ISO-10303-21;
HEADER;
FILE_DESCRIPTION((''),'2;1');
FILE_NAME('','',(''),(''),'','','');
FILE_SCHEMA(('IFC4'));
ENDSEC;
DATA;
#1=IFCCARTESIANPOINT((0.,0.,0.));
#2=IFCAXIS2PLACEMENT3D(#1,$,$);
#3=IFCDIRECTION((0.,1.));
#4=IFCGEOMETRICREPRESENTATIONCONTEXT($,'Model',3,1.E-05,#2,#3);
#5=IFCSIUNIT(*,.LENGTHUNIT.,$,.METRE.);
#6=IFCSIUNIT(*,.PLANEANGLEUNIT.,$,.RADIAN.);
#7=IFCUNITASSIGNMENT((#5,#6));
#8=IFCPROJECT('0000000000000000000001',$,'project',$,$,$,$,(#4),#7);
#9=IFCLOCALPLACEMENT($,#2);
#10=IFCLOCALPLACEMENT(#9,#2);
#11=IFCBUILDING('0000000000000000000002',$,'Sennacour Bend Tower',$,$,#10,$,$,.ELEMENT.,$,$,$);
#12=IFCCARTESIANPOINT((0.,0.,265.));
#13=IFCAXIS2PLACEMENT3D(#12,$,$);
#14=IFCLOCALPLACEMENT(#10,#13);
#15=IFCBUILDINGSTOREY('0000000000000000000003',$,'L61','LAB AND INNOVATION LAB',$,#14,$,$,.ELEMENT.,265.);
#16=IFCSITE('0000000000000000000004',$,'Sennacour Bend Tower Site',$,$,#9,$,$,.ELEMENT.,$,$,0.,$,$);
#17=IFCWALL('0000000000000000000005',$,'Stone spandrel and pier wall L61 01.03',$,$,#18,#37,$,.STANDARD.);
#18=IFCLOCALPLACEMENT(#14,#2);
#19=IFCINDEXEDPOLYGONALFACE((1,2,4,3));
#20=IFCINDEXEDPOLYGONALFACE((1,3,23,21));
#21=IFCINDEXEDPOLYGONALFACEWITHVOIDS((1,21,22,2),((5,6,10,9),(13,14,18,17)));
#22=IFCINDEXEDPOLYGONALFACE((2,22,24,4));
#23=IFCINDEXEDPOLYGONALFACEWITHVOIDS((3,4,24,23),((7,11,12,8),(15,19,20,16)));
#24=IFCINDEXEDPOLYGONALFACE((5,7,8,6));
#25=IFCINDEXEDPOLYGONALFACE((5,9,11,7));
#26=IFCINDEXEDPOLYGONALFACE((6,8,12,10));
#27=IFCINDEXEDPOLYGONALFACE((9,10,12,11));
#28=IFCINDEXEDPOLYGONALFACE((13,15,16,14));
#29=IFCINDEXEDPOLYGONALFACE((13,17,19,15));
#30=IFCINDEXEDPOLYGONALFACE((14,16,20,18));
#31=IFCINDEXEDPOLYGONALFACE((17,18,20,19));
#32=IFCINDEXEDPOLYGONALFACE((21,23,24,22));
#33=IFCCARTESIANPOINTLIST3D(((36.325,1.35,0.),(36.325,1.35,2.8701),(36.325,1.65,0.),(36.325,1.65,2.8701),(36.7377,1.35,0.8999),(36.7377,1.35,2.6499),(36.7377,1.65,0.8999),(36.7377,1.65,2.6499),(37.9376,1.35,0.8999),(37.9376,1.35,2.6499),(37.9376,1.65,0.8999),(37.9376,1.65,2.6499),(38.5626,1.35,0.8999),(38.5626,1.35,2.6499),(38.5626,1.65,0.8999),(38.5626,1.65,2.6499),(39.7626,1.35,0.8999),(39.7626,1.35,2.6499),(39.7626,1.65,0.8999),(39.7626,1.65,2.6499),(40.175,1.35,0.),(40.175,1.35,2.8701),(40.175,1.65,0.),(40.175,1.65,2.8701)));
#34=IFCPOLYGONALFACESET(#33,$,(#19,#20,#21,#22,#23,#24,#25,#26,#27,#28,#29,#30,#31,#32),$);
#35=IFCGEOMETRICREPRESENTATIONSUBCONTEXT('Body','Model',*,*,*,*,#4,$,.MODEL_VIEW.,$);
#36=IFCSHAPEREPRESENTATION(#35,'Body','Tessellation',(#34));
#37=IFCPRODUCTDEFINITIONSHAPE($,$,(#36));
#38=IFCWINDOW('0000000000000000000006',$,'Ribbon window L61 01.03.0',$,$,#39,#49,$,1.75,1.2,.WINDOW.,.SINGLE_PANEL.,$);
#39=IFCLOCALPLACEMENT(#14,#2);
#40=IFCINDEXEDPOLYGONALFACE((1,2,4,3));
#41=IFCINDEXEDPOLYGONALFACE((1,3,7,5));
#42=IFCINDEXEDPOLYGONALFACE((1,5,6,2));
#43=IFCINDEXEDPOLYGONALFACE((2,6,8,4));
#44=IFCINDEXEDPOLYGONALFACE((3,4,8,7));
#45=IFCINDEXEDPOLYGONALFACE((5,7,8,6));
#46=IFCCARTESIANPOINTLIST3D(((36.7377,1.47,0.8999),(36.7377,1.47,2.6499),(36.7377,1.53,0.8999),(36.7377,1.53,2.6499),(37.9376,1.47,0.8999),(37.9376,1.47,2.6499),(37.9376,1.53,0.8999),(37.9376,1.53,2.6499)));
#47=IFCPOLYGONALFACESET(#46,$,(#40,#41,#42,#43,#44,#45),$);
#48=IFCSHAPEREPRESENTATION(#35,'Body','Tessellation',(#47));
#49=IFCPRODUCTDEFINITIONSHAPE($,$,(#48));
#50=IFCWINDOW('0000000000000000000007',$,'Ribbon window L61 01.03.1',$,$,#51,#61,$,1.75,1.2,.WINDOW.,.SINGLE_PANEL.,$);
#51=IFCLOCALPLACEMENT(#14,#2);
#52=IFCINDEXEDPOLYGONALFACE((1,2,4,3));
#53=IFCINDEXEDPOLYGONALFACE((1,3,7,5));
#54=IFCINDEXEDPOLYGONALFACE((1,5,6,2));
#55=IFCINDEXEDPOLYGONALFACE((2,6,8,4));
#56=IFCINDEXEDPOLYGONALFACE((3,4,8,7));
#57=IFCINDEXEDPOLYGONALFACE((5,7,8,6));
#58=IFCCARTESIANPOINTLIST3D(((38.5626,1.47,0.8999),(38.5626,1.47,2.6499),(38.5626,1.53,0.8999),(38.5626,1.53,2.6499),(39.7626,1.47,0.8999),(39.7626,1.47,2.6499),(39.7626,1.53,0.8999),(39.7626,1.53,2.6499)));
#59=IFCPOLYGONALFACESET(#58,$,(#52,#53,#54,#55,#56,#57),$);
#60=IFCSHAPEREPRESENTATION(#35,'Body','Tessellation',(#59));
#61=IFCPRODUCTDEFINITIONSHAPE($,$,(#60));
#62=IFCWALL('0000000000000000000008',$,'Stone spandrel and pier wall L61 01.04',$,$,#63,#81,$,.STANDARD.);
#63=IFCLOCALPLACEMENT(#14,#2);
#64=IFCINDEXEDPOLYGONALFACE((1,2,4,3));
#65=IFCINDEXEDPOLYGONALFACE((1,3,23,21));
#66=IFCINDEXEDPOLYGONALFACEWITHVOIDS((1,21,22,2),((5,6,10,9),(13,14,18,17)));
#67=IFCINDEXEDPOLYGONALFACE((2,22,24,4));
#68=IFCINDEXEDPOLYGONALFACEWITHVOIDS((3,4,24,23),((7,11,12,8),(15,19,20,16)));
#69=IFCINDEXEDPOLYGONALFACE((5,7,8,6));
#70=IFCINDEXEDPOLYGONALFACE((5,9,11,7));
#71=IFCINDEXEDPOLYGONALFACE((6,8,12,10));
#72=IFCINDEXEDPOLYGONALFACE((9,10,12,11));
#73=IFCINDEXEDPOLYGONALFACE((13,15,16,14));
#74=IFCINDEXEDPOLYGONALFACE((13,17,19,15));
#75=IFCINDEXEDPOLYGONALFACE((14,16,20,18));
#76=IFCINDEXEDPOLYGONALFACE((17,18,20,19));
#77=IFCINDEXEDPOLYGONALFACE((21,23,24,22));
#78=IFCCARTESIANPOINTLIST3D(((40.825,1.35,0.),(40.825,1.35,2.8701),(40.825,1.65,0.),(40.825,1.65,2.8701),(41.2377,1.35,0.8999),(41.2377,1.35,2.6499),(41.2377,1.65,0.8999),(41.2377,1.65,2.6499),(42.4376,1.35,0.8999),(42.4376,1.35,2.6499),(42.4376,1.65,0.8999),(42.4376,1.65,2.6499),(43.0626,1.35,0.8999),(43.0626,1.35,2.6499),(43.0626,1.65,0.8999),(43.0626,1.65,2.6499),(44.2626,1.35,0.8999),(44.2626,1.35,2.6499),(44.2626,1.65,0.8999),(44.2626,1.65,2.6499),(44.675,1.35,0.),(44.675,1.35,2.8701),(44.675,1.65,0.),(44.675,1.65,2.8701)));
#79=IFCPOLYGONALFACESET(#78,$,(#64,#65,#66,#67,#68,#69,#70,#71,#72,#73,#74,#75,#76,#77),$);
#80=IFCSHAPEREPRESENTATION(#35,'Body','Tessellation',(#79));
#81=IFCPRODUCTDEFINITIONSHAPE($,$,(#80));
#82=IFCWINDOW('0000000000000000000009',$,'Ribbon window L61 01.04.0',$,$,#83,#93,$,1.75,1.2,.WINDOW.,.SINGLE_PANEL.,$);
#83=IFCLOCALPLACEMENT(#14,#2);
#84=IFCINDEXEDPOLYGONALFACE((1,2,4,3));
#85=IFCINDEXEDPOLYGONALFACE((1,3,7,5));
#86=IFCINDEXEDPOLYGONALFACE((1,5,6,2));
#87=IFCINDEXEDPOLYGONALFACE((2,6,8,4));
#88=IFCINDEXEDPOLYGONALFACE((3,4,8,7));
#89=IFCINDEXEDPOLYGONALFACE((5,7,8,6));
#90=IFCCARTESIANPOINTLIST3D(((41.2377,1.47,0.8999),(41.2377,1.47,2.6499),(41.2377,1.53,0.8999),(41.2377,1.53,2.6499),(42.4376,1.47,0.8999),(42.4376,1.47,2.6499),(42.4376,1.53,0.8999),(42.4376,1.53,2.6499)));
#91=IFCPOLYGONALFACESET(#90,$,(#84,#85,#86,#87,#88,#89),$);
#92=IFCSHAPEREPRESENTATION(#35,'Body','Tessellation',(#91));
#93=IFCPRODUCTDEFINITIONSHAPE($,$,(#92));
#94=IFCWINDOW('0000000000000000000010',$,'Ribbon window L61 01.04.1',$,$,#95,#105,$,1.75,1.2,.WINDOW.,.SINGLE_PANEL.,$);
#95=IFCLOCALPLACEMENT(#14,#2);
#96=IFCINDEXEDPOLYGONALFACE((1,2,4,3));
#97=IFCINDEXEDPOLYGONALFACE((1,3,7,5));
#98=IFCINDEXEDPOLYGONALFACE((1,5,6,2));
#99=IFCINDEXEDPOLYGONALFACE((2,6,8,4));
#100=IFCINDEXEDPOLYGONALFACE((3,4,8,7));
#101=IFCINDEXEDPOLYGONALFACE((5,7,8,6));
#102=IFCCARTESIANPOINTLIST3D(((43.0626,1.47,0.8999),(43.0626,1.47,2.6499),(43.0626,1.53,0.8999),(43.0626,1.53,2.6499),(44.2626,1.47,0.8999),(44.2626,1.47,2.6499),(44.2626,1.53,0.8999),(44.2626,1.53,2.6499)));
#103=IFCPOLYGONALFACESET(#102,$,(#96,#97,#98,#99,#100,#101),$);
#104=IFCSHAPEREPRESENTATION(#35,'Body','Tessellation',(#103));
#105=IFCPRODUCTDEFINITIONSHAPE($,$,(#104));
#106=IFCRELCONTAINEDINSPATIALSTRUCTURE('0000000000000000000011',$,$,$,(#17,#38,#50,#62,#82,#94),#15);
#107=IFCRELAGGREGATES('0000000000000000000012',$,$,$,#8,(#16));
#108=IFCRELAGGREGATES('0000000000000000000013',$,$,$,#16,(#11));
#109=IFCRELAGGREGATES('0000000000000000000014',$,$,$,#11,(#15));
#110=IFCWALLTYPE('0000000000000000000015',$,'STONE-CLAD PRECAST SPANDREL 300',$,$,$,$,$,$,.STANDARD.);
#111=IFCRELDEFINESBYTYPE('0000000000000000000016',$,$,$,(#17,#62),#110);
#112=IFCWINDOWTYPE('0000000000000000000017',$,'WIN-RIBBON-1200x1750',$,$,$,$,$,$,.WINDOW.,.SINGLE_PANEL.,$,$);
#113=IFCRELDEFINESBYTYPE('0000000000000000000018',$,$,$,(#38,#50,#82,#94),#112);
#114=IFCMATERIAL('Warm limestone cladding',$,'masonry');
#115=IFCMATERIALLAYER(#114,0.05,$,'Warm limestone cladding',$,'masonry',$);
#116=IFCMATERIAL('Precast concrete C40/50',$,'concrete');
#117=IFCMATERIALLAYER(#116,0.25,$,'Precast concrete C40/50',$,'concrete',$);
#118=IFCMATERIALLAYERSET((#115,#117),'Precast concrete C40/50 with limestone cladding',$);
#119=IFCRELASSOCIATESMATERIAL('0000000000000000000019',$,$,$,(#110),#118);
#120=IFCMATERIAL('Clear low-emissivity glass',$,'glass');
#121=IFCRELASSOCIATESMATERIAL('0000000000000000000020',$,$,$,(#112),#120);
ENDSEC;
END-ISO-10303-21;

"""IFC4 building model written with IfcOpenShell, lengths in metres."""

from ifc_helpers import new_model, si_unit, direction, frame, frame_2d, origin, place, context, subcontext, project, spatial, rectangle, extrude, material, layer, layer_set, type_object, element, fill, save


model = new_model("IFC4")

# Units and contexts
model_context = context("Model", 3, precision=1e-05, world=origin(), true_north=direction((0.0, 1.0)))
body_context = subcontext(model_context, "Body", "Model", "MODEL_VIEW")
ifc_project = project(units=[si_unit("LENGTHUNIT", "METRE"), si_unit("PLANEANGLEUNIT", "RADIAN")], contexts=[model_context])

# Site, building, storey
site_placement = place(None, origin())
site = spatial("IfcSite", under=ifc_project, at=site_placement, Name="Sennacour Bend Tower Site", CompositionType="ELEMENT", RefElevation=0.0)
building_placement = place(site_placement, origin())
building = spatial("IfcBuilding", under=site, at=building_placement, Name="Sennacour Bend Tower", CompositionType="ELEMENT")
storey_placement = place(building_placement, frame((0.0, 0.0, 265.0)))
storey = spatial("IfcBuildingStorey", under=building, at=storey_placement, Name="L61", Description="LAB AND INNOVATION LAB", CompositionType="ELEMENT", Elevation=265.0)

# Walls, openings, windows
ifc_material_1 = material(Name="Warm limestone cladding", Category="masonry")
ifc_layer_1 = layer(ifc_material_1, 0.05, Name="Warm limestone cladding", Category="masonry")
ifc_material_2 = material(Name="Precast concrete C40/50", Category="concrete")
ifc_layer_2 = layer(ifc_material_2, 0.25, Name="Precast concrete C40/50", Category="concrete")
ifc_layer_set_1 = layer_set([ifc_layer_1, ifc_layer_2], Name="Precast concrete C40/50 with limestone cladding")
wall_type_1 = type_object("IfcWallType", Name="STONE-CLAD PRECAST SPANDREL 300", PredefinedType="STANDARD", material=ifc_layer_set_1)
ifc_material_3 = material(Name="Clear low-emissivity glass", Category="glass")
window_type = type_object("IfcWindowType", Name="WIN-RIBBON-1200x1750", PartitioningType="SINGLE_PANEL", PredefinedType="WINDOW", material=ifc_material_3)
wall_1_placement = place(storey_placement, frame((36.325, 1.5, 0.0), z_axis=(0.0, 0.0, 1.0), x_axis=(1.0, 0.0, 0.0)))
wall_1 = element("IfcWall", 1, at=wall_1_placement, inside=storey, type_object=wall_type_1, Name="Stone spandrel and pier wall L61 01.03", PredefinedType="STANDARD", context=body_context, shape_type="SweptSolid", body=[
    extrude(rectangle(XDim=3.8501, YDim=0.3, at=frame_2d((1.925, 0.0))), origin(), (0.0, 0.0, 1.0), 2.8701),
])
opening_1_placement = place(wall_1_placement, frame((0.4126, 0.0, 0.8999)))
opening_1 = element("IfcOpeningElement", 2, at=opening_1_placement, cuts=wall_1, PredefinedType="OPENING", context=body_context, shape_type="SweptSolid", body=[
    extrude(rectangle(XDim=1.2, YDim=1.75, at=frame_2d((0.6001, 0.875))), frame((0.0, 0.1602, 0.0), z_axis=(0.0, -1.0, 0.0), x_axis=(1.0, 0.0, 0.0)), (0.0, 0.0, 1.0), 0.3201),
])
opening_2_placement = place(wall_1_placement, frame((2.2375, 0.0, 0.8999)))
opening_2 = element("IfcOpeningElement", 3, at=opening_2_placement, cuts=wall_1, PredefinedType="OPENING", context=body_context, shape_type="SweptSolid", body=[
    extrude(rectangle(XDim=1.2, YDim=1.75, at=frame_2d((0.6001, 0.875))), frame((0.0, 0.1602, 0.0), z_axis=(0.0, -1.0, 0.0), x_axis=(1.0, 0.0, 0.0)), (0.0, 0.0, 1.0), 0.3201),
])
window_1_placement = place(opening_1_placement, origin())
window_1 = element("IfcWindow", 4, at=window_1_placement, inside=storey, type_object=window_type, Name="Ribbon window L61 01.03.0", OverallHeight=1.75, OverallWidth=1.2, PartitioningType="SINGLE_PANEL", PredefinedType="WINDOW", context=body_context, shape_type="SweptSolid", body=[
    extrude(rectangle(XDim=1.2, YDim=1.75, at=frame_2d((0.6001, 0.875))), frame((0.0, 0.03, 0.0), z_axis=(0.0, -1.0, 0.0), x_axis=(1.0, 0.0, 0.0)), (0.0, 0.0, 1.0), 0.0601),
])
fill(opening_1, window_1)
window_2_placement = place(opening_2_placement, origin())
window_2 = element("IfcWindow", 5, at=window_2_placement, inside=storey, type_object=window_type, Name="Ribbon window L61 01.03.1", OverallHeight=1.75, OverallWidth=1.2, PartitioningType="SINGLE_PANEL", PredefinedType="WINDOW", context=body_context, shape_type="SweptSolid", body=[
    extrude(rectangle(XDim=1.2, YDim=1.75, at=frame_2d((0.6001, 0.875))), frame((0.0, 0.03, 0.0), z_axis=(0.0, -1.0, 0.0), x_axis=(1.0, 0.0, 0.0)), (0.0, 0.0, 1.0), 0.0601),
])
fill(opening_2, window_2)
wall_2_placement = place(storey_placement, frame((40.825, 1.5, 0.0), z_axis=(0.0, 0.0, 1.0), x_axis=(1.0, 0.0, 0.0)))
wall_2 = element("IfcWall", 6, at=wall_2_placement, inside=storey, type_object=wall_type_1, Name="Stone spandrel and pier wall L61 01.04", PredefinedType="STANDARD", context=body_context, shape_type="SweptSolid", body=[
    extrude(rectangle(XDim=3.8501, YDim=0.3, at=frame_2d((1.925, 0.0))), origin(), (0.0, 0.0, 1.0), 2.8701),
])
opening_3_placement = place(wall_2_placement, frame((0.4126, 0.0, 0.8999)))
opening_3 = element("IfcOpeningElement", 7, at=opening_3_placement, cuts=wall_2, PredefinedType="OPENING", context=body_context, shape_type="SweptSolid", body=[
    extrude(rectangle(XDim=1.2, YDim=1.75, at=frame_2d((0.6001, 0.875))), frame((0.0, 0.1602, 0.0), z_axis=(0.0, -1.0, 0.0), x_axis=(1.0, 0.0, 0.0)), (0.0, 0.0, 1.0), 0.3201),
])
opening_4_placement = place(wall_2_placement, frame((2.2375, 0.0, 0.8999)))
opening_4 = element("IfcOpeningElement", 8, at=opening_4_placement, cuts=wall_2, PredefinedType="OPENING", context=body_context, shape_type="SweptSolid", body=[
    extrude(rectangle(XDim=1.2, YDim=1.75, at=frame_2d((0.6001, 0.875))), frame((0.0, 0.1602, 0.0), z_axis=(0.0, -1.0, 0.0), x_axis=(1.0, 0.0, 0.0)), (0.0, 0.0, 1.0), 0.3201),
])
window_3_placement = place(opening_3_placement, origin())
window_3 = element("IfcWindow", 9, at=window_3_placement, inside=storey, type_object=window_type, Name="Ribbon window L61 01.04.0", OverallHeight=1.75, OverallWidth=1.2, PartitioningType="SINGLE_PANEL", PredefinedType="WINDOW", context=body_context, shape_type="SweptSolid", body=[
    extrude(rectangle(XDim=1.2, YDim=1.75, at=frame_2d((0.6001, 0.875))), frame((0.0, 0.03, 0.0), z_axis=(0.0, -1.0, 0.0), x_axis=(1.0, 0.0, 0.0)), (0.0, 0.0, 1.0), 0.0601),
])
fill(opening_3, window_3)
window_4_placement = place(opening_4_placement, origin())
window_4 = element("IfcWindow", 10, at=window_4_placement, inside=storey, type_object=window_type, Name="Ribbon window L61 01.04.1", OverallHeight=1.75, OverallWidth=1.2, PartitioningType="SINGLE_PANEL", PredefinedType="WINDOW", context=body_context, shape_type="SweptSolid", body=[
    extrude(rectangle(XDim=1.2, YDim=1.75, at=frame_2d((0.6001, 0.875))), frame((0.0, 0.03, 0.0), z_axis=(0.0, -1.0, 0.0), x_axis=(1.0, 0.0, 0.0)), (0.0, 0.0, 1.0), 0.0601),
])
fill(opening_4, window_4)

save(model, "model.ifc")
